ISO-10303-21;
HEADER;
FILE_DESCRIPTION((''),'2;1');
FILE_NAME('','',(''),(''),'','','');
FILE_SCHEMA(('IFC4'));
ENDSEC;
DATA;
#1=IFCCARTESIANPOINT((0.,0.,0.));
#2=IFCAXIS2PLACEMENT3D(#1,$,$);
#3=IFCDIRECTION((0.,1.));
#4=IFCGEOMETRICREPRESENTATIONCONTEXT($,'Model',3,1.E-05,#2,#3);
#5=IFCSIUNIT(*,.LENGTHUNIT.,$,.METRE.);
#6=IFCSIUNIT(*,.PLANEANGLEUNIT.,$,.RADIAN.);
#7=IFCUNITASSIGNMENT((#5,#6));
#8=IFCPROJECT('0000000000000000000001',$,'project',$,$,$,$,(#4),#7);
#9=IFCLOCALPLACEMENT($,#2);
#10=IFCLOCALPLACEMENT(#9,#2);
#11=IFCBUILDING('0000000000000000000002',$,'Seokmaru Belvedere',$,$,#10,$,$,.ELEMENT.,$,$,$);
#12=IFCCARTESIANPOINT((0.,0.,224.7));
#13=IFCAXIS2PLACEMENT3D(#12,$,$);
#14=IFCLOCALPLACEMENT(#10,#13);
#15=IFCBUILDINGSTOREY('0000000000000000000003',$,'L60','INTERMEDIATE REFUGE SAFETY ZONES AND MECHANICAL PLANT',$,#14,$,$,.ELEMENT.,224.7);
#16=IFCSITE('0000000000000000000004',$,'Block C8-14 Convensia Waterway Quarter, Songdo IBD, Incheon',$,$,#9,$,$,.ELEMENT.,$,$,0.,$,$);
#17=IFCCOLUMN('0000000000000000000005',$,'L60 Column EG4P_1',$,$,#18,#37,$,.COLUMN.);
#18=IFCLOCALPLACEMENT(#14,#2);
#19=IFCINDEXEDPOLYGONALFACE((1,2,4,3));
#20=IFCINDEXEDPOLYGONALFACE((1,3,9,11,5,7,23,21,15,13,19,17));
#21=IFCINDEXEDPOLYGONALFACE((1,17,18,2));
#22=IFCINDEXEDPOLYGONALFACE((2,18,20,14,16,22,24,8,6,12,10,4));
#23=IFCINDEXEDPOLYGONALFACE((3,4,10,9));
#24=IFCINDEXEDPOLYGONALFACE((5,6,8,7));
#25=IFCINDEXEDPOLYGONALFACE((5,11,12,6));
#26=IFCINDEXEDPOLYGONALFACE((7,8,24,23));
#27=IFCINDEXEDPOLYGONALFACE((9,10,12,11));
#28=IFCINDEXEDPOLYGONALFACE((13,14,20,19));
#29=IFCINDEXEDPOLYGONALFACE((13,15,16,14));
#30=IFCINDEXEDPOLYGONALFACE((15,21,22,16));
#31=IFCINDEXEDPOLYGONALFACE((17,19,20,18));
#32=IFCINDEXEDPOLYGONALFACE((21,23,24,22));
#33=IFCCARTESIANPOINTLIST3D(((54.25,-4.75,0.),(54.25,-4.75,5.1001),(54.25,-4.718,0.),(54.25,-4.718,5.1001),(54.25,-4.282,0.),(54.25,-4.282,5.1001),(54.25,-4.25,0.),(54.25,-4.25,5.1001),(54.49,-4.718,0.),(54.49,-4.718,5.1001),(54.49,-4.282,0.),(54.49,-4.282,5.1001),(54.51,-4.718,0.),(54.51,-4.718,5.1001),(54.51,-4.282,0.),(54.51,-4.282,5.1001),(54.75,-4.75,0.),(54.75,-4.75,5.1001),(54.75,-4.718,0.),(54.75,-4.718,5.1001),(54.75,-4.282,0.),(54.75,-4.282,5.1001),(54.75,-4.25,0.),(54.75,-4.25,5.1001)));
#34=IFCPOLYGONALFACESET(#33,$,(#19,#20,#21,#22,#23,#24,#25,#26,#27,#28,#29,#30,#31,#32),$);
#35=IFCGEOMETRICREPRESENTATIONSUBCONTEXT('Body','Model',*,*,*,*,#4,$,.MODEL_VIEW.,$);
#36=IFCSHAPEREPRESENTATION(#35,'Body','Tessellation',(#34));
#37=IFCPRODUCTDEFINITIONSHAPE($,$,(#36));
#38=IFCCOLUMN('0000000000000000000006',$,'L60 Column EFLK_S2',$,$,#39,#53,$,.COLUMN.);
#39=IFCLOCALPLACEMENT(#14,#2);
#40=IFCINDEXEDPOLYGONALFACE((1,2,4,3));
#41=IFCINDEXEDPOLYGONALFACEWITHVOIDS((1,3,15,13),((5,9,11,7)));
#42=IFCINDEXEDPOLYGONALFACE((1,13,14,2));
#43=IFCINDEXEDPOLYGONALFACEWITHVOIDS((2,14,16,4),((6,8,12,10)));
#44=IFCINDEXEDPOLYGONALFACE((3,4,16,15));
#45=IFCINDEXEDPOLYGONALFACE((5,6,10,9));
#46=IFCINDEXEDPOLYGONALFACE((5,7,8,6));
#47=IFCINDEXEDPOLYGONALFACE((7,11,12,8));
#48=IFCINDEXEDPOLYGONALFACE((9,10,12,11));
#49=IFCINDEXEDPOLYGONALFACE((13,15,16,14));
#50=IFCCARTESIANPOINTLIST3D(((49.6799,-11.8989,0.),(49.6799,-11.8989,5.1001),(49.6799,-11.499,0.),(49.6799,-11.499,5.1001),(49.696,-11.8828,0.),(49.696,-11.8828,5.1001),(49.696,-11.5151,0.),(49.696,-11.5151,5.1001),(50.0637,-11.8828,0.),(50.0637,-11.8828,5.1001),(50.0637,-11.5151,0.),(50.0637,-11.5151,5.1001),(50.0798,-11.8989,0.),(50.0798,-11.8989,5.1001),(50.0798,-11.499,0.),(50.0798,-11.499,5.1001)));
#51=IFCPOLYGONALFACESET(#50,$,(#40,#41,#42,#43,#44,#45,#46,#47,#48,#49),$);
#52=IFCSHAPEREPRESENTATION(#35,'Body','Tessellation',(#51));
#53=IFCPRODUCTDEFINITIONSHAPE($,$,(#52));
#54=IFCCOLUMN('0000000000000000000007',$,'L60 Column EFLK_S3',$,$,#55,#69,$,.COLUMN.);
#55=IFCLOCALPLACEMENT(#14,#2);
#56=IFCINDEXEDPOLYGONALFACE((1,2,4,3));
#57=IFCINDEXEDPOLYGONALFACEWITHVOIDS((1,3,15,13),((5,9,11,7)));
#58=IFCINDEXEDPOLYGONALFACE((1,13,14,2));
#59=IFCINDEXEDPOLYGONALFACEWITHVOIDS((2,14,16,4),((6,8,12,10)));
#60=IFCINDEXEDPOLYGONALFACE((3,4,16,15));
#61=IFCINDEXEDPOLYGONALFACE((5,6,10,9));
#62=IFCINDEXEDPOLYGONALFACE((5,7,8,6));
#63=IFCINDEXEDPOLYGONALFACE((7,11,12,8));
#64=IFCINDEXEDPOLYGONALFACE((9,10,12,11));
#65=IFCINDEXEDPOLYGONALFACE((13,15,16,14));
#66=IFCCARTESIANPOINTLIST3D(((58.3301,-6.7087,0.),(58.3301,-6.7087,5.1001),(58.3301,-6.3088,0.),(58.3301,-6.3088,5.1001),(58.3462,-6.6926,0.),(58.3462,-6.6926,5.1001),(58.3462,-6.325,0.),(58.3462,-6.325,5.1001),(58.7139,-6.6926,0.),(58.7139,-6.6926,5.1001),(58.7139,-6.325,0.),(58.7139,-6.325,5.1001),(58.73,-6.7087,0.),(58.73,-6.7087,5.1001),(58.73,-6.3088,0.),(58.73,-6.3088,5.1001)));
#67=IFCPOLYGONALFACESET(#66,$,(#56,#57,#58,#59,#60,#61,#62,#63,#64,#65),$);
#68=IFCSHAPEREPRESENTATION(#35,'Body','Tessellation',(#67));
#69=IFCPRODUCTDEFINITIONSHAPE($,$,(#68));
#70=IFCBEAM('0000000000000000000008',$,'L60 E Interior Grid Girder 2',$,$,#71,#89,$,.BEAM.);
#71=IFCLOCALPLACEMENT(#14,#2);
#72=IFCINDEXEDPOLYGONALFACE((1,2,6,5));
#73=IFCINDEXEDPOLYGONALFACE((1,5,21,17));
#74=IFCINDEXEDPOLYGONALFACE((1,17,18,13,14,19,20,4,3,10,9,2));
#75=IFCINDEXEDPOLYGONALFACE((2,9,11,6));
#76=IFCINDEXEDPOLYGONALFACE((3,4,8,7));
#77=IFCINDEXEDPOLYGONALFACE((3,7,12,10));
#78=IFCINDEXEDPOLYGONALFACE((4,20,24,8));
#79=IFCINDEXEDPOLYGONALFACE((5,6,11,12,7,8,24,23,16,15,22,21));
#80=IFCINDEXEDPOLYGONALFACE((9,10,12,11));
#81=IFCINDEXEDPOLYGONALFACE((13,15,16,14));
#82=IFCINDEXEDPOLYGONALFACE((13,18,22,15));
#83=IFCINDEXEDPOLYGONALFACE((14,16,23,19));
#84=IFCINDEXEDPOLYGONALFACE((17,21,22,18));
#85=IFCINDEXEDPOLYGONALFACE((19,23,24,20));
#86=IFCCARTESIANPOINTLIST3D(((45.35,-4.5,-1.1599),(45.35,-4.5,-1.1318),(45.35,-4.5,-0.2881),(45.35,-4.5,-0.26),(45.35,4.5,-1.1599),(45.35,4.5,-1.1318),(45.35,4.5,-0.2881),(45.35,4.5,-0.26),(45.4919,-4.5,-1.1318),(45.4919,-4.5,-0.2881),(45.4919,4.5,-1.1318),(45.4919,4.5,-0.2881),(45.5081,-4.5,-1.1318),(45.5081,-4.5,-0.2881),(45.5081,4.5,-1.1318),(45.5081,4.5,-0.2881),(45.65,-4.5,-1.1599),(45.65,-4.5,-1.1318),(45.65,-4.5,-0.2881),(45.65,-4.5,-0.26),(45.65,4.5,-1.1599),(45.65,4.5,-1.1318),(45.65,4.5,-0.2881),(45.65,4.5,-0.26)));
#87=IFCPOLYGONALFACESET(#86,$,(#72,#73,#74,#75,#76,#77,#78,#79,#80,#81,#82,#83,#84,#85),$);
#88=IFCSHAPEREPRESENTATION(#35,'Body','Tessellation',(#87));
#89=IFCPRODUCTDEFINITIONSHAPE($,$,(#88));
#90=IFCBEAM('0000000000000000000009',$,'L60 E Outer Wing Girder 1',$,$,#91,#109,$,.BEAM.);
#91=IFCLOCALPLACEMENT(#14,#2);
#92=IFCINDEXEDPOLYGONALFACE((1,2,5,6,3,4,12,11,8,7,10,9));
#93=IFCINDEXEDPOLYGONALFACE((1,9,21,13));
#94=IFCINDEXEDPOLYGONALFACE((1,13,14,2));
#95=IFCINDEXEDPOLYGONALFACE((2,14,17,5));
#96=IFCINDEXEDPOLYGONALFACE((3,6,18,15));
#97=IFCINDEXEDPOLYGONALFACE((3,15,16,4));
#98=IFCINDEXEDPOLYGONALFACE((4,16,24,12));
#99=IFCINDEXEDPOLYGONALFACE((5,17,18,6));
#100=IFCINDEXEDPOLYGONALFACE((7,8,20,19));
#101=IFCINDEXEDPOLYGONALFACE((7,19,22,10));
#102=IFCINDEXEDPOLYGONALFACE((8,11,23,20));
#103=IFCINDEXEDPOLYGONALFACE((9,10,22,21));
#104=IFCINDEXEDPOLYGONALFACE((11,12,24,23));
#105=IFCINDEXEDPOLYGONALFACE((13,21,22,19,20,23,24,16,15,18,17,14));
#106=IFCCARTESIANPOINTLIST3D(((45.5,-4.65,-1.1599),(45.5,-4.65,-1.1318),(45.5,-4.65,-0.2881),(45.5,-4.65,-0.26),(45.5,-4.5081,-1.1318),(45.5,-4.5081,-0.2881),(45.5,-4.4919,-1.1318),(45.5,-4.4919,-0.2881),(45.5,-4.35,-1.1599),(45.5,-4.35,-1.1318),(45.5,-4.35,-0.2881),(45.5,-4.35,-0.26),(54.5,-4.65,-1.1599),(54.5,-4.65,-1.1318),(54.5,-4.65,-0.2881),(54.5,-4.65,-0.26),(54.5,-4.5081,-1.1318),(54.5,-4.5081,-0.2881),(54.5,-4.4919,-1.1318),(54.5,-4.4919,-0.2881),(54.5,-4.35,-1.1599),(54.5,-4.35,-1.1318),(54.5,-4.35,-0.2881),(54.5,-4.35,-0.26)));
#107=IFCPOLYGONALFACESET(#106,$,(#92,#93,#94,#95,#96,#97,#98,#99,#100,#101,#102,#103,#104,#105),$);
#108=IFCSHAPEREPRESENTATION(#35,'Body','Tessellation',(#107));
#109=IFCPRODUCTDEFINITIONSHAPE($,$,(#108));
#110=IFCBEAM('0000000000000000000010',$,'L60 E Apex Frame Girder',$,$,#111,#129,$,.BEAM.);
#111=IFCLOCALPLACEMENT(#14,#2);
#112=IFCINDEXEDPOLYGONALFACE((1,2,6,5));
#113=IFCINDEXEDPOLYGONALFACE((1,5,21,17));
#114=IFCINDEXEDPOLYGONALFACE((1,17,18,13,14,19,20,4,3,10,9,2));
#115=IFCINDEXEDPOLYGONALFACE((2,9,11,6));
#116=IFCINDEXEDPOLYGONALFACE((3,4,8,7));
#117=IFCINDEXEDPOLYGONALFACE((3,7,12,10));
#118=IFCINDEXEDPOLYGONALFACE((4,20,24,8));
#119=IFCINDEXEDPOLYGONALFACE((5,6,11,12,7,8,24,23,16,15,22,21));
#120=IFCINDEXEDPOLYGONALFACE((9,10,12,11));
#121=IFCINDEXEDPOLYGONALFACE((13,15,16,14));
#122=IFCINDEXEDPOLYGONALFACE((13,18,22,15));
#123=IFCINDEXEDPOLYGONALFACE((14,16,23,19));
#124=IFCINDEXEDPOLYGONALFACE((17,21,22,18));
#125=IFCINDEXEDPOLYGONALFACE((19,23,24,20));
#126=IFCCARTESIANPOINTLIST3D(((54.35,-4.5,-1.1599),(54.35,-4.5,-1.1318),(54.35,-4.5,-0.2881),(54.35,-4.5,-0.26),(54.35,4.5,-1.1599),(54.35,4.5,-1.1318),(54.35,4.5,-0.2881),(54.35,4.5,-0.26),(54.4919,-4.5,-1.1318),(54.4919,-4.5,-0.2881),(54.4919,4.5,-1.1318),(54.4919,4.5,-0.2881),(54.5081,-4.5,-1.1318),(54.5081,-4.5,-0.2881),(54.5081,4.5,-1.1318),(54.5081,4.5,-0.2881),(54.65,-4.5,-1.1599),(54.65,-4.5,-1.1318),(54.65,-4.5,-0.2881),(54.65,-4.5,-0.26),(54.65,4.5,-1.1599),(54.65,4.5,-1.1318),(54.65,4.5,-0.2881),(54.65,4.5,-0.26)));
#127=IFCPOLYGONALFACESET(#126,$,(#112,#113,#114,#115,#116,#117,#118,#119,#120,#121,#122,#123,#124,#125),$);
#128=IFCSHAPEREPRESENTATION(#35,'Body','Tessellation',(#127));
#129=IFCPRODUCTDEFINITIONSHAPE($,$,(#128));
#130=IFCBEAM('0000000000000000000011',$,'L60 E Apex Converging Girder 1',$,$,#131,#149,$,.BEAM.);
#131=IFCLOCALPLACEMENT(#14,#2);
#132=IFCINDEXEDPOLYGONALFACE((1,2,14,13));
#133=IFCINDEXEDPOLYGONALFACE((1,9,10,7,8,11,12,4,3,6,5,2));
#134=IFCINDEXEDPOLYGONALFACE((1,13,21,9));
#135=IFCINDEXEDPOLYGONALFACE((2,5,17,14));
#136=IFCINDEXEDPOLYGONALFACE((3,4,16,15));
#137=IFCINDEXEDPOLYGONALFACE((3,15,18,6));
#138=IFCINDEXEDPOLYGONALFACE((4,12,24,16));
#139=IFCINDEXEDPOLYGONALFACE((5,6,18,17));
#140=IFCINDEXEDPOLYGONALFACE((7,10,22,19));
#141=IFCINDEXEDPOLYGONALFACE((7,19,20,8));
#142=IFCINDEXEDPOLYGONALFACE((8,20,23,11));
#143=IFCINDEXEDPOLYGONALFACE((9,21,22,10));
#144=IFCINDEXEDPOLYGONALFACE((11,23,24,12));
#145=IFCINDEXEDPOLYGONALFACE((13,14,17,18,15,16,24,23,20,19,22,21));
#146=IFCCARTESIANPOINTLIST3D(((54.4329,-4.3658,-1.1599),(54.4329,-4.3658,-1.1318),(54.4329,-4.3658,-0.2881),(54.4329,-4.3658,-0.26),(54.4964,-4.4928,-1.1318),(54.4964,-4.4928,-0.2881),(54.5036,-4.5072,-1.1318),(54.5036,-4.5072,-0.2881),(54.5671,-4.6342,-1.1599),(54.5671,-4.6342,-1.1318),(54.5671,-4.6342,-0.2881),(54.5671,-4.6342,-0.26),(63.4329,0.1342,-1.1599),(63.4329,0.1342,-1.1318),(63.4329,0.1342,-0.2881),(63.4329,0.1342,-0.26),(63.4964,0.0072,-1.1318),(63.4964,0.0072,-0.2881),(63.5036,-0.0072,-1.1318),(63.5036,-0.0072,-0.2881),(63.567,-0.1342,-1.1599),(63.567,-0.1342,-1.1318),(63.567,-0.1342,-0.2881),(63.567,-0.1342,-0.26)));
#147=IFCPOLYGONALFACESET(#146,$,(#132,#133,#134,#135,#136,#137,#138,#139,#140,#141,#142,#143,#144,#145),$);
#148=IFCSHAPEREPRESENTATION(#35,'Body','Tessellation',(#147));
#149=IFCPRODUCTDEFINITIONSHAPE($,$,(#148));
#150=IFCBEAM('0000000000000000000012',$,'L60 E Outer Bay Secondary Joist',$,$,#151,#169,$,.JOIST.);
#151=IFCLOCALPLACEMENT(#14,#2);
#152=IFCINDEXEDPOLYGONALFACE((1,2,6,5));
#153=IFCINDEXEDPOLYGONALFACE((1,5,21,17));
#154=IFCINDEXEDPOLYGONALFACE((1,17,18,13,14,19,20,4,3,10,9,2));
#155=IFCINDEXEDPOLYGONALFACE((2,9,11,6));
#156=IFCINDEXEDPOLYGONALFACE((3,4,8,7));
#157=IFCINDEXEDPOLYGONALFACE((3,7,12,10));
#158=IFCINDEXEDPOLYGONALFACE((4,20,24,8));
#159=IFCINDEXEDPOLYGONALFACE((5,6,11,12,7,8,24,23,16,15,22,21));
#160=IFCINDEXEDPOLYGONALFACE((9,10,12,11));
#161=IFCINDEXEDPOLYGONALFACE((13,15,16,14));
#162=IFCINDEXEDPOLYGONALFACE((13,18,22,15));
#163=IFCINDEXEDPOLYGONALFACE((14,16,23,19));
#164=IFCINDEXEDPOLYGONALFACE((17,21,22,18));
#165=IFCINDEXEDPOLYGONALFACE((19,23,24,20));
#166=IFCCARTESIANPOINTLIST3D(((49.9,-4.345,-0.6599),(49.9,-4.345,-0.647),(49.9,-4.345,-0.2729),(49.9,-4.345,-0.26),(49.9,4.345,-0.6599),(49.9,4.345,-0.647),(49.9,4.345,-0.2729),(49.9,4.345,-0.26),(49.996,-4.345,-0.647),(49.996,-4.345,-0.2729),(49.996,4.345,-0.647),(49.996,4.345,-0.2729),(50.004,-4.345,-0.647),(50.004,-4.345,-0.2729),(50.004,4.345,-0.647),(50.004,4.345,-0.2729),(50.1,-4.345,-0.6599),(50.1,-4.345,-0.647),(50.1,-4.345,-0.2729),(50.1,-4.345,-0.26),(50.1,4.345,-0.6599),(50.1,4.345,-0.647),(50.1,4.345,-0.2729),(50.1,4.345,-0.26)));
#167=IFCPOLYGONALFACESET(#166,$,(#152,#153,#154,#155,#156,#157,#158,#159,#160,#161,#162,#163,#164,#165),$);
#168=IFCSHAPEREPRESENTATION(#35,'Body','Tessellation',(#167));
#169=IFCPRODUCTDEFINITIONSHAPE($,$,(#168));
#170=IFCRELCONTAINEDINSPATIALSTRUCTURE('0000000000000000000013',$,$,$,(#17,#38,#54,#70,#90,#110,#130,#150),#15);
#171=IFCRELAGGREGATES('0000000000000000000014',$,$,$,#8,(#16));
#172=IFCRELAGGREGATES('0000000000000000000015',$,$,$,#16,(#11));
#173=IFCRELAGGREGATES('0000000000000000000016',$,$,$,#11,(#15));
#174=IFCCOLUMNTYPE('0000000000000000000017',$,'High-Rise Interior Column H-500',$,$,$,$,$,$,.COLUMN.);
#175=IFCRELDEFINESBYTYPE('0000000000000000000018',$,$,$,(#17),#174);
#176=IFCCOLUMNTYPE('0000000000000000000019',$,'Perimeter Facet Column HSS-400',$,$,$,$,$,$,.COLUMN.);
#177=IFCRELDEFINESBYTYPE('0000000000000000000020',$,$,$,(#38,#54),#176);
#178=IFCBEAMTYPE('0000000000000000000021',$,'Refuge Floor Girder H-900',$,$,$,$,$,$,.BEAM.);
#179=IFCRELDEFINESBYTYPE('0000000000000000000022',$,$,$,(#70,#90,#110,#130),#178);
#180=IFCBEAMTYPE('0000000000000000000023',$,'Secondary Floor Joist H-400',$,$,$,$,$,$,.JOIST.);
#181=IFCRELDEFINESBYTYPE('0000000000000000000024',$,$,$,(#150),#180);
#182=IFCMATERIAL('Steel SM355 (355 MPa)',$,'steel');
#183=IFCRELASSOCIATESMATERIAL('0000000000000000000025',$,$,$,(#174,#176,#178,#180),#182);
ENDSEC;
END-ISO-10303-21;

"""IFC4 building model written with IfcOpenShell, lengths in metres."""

from ifc_helpers import new_model, si_unit, direction, frame, origin, origin_2d, place, context, subcontext, project, spatial, hollow_rectangle, i_section, extrude, source, transform, mapped, material, material_profile, profile_set, type_object, type_shapes, element, save


model = new_model("IFC4")

# Units and contexts
model_context = context("Model", 3, precision=1e-05, world=origin(), true_north=direction((0.0, 1.0)))
body_context = subcontext(model_context, "Body", "Model", "MODEL_VIEW")
ifc_project = project(units=[si_unit("LENGTHUNIT", "METRE"), si_unit("PLANEANGLEUNIT", "RADIAN")], contexts=[model_context])

# Site, building, storey
site_placement = place(None, origin())
site = spatial("IfcSite", under=ifc_project, at=site_placement, Name="Block C8-14 Convensia Waterway Quarter, Songdo IBD, Incheon", CompositionType="ELEMENT", RefElevation=0.0)
building_placement = place(site_placement, origin())
building = spatial("IfcBuilding", under=site, at=building_placement, Name="Seokmaru Belvedere", CompositionType="ELEMENT")
storey_placement = place(building_placement, frame((0.0, 0.0, 224.7)))
storey = spatial("IfcBuildingStorey", under=building, at=storey_placement, Name="L60", Description="INTERMEDIATE REFUGE SAFETY ZONES AND MECHANICAL PLANT", CompositionType="ELEMENT", Elevation=224.7)

# Columns
ifc_material_1 = material(Name="Steel SM355 (355 MPa)", Category="steel")
ifc_material_profile_1 = material_profile(ifc_material_1, i_section(OverallWidth=0.5, OverallDepth=0.5, WebThickness=0.02, FlangeThickness=0.032, at=origin_2d()), Name="H-500x500x20x32")
ifc_profile_set_1 = profile_set([ifc_material_profile_1], Name="Steel SM355 (355 MPa)")
column_type_1 = type_object("IfcColumnType", Name="High-Rise Interior Column H-500", PredefinedType="COLUMN", material=ifc_profile_set_1)
shared_shape_1 = source(origin(), body_context, "Body", "SweptSolid", [
    extrude(i_section(OverallWidth=0.5, OverallDepth=0.5, WebThickness=0.02, FlangeThickness=0.032, at=origin_2d()), origin(), (0.0, 0.0, 1.0), 5.1001),
])
type_shapes(column_type_1, [shared_shape_1])
column_placement = place(storey_placement, frame((54.5, -4.5, 0.0), z_axis=(0.0, 0.0, 1.0), x_axis=(1.0, 0.0, 0.0)))
element("IfcColumn", 1, at=column_placement, inside=storey, type_object=column_type_1, Name="L60 Column EG4P_1", PredefinedType="COLUMN", context=body_context, shape_type="MappedRepresentation", body=[
    mapped(shared_shape_1, transform((0.0, 0.0, 0.0), scale=1.0)),
])
ifc_material_profile_2 = material_profile(ifc_material_1, hollow_rectangle(XDim=0.3999, YDim=0.3999, WallThickness=0.0161, at=origin_2d()), Name="HSS-400x400x16")
ifc_profile_set_2 = profile_set([ifc_material_profile_2], Name="Steel SM355 (355 MPa)")
column_type_2 = type_object("IfcColumnType", Name="Perimeter Facet Column HSS-400", PredefinedType="COLUMN", material=ifc_profile_set_2)
shared_shape_2 = source(origin(), body_context, "Body", "SweptSolid", [
    extrude(hollow_rectangle(XDim=0.3999, YDim=0.3999, WallThickness=0.0161, at=origin_2d()), origin(), (0.0, 0.0, 1.0), 5.1001),
])
type_shapes(column_type_2, [shared_shape_2])
for number, where, z_axis, x_axis, name in (
    (2, (49.8799, -11.699, 0.0), (0.0, 0.0, 1.0), (1.0, 0.0, 0.0), "L60 Column EFLK_S2"),
    (3, (58.53, -6.5088, 0.0), (0.0, 0.0, 1.0), (1.0, 0.0, 0.0), "L60 Column EFLK_S3"),
):
    element("IfcColumn", number, at=place(storey_placement, frame(where, z_axis=z_axis, x_axis=x_axis)), inside=storey, type_object=column_type_2, Name=name, PredefinedType="COLUMN", context=body_context, shape_type="MappedRepresentation", body=[
        mapped(shared_shape_2, transform((0.0, 0.0, 0.0), scale=1.0)),
    ])

# Beams
ifc_material_profile_3 = material_profile(ifc_material_1, i_section(OverallWidth=0.3, OverallDepth=0.8999, WebThickness=0.0161, FlangeThickness=0.0281, at=origin_2d()), Name="H-900x300x16x28")
ifc_profile_set_3 = profile_set([ifc_material_profile_3], Name="Steel SM355 (355 MPa)")
beam_type_1 = type_object("IfcBeamType", Name="Refuge Floor Girder H-900", PredefinedType="BEAM", material=ifc_profile_set_3)
shared_shape_3 = source(origin(), body_context, "Body", "SweptSolid", [
    extrude(i_section(OverallWidth=0.3, OverallDepth=0.8999, WebThickness=0.0161, FlangeThickness=0.0281, at=origin_2d()), origin(), (0.0, 0.0, 1.0), 9.0),
])
for number, where, z_axis, x_axis, name in (
    (4, (45.5, -4.5, -0.71), (0.0, 1.0, 0.0), (-1.0, 0.0, 0.0), "L60 E Interior Grid Girder 2"),
    (5, (45.5, -4.5, -0.71), (1.0, 0.0, 0.0), (0.0, 1.0, 0.0), "L60 E Outer Wing Girder 1"),
    (6, (54.5, -4.5, -0.71), (0.0, 1.0, 0.0), (-1.0, 0.0, 0.0), "L60 E Apex Frame Girder"),
):
    element("IfcBeam", number, at=place(storey_placement, frame(where, z_axis=z_axis, x_axis=x_axis)), inside=storey, type_object=beam_type_1, Name=name, PredefinedType="BEAM", context=body_context, shape_type="MappedRepresentation", body=[
        mapped(shared_shape_3, transform((0.0, 0.0, 0.0), scale=1.0)),
    ])
shared_shape_4 = source(origin(), body_context, "Body", "SweptSolid", [
    extrude(i_section(OverallWidth=0.3, OverallDepth=0.8999, WebThickness=0.0161, FlangeThickness=0.0281, at=origin_2d()), origin(), (0.0, 0.0, 1.0), 10.0623),
])
beam_1_placement = place(storey_placement, frame((54.5, -4.5, -0.71), z_axis=(0.894427, 0.447214, 0.0), x_axis=(-0.447214, 0.894427, 0.0)))
element("IfcBeam", 7, at=beam_1_placement, inside=storey, type_object=beam_type_1, Name="L60 E Apex Converging Girder 1", PredefinedType="BEAM", context=body_context, shape_type="MappedRepresentation", body=[
    mapped(shared_shape_4, transform((0.0, 0.0, 0.0), scale=1.0)),
])
ifc_material_profile_4 = material_profile(ifc_material_1, i_section(OverallWidth=0.2, OverallDepth=0.3999, WebThickness=0.0081, FlangeThickness=0.0129, at=origin_2d()), Name="H-400x200x8x13")
ifc_profile_set_4 = profile_set([ifc_material_profile_4], Name="Steel SM355 (355 MPa)")
beam_type_2 = type_object("IfcBeamType", Name="Secondary Floor Joist H-400", PredefinedType="JOIST", material=ifc_profile_set_4)
shared_shape_5 = source(origin(), body_context, "Body", "SweptSolid", [
    extrude(i_section(OverallWidth=0.2, OverallDepth=0.3999, WebThickness=0.0081, FlangeThickness=0.0129, at=origin_2d()), origin(), (0.0, 0.0, 1.0), 8.6899),
])
type_shapes(beam_type_2, [shared_shape_5])
beam_2_placement = place(storey_placement, frame((50.0, -4.345, -0.46), z_axis=(0.0, 1.0, 0.0), x_axis=(-1.0, 0.0, 0.0)))
element("IfcBeam", 8, at=beam_2_placement, inside=storey, type_object=beam_type_2, Name="L60 E Outer Bay Secondary Joist", PredefinedType="JOIST", context=body_context, shape_type="MappedRepresentation", body=[
    mapped(shared_shape_5, transform((0.0, 0.0, 0.0), scale=1.0)),
])

save(model, "model.ifc")
